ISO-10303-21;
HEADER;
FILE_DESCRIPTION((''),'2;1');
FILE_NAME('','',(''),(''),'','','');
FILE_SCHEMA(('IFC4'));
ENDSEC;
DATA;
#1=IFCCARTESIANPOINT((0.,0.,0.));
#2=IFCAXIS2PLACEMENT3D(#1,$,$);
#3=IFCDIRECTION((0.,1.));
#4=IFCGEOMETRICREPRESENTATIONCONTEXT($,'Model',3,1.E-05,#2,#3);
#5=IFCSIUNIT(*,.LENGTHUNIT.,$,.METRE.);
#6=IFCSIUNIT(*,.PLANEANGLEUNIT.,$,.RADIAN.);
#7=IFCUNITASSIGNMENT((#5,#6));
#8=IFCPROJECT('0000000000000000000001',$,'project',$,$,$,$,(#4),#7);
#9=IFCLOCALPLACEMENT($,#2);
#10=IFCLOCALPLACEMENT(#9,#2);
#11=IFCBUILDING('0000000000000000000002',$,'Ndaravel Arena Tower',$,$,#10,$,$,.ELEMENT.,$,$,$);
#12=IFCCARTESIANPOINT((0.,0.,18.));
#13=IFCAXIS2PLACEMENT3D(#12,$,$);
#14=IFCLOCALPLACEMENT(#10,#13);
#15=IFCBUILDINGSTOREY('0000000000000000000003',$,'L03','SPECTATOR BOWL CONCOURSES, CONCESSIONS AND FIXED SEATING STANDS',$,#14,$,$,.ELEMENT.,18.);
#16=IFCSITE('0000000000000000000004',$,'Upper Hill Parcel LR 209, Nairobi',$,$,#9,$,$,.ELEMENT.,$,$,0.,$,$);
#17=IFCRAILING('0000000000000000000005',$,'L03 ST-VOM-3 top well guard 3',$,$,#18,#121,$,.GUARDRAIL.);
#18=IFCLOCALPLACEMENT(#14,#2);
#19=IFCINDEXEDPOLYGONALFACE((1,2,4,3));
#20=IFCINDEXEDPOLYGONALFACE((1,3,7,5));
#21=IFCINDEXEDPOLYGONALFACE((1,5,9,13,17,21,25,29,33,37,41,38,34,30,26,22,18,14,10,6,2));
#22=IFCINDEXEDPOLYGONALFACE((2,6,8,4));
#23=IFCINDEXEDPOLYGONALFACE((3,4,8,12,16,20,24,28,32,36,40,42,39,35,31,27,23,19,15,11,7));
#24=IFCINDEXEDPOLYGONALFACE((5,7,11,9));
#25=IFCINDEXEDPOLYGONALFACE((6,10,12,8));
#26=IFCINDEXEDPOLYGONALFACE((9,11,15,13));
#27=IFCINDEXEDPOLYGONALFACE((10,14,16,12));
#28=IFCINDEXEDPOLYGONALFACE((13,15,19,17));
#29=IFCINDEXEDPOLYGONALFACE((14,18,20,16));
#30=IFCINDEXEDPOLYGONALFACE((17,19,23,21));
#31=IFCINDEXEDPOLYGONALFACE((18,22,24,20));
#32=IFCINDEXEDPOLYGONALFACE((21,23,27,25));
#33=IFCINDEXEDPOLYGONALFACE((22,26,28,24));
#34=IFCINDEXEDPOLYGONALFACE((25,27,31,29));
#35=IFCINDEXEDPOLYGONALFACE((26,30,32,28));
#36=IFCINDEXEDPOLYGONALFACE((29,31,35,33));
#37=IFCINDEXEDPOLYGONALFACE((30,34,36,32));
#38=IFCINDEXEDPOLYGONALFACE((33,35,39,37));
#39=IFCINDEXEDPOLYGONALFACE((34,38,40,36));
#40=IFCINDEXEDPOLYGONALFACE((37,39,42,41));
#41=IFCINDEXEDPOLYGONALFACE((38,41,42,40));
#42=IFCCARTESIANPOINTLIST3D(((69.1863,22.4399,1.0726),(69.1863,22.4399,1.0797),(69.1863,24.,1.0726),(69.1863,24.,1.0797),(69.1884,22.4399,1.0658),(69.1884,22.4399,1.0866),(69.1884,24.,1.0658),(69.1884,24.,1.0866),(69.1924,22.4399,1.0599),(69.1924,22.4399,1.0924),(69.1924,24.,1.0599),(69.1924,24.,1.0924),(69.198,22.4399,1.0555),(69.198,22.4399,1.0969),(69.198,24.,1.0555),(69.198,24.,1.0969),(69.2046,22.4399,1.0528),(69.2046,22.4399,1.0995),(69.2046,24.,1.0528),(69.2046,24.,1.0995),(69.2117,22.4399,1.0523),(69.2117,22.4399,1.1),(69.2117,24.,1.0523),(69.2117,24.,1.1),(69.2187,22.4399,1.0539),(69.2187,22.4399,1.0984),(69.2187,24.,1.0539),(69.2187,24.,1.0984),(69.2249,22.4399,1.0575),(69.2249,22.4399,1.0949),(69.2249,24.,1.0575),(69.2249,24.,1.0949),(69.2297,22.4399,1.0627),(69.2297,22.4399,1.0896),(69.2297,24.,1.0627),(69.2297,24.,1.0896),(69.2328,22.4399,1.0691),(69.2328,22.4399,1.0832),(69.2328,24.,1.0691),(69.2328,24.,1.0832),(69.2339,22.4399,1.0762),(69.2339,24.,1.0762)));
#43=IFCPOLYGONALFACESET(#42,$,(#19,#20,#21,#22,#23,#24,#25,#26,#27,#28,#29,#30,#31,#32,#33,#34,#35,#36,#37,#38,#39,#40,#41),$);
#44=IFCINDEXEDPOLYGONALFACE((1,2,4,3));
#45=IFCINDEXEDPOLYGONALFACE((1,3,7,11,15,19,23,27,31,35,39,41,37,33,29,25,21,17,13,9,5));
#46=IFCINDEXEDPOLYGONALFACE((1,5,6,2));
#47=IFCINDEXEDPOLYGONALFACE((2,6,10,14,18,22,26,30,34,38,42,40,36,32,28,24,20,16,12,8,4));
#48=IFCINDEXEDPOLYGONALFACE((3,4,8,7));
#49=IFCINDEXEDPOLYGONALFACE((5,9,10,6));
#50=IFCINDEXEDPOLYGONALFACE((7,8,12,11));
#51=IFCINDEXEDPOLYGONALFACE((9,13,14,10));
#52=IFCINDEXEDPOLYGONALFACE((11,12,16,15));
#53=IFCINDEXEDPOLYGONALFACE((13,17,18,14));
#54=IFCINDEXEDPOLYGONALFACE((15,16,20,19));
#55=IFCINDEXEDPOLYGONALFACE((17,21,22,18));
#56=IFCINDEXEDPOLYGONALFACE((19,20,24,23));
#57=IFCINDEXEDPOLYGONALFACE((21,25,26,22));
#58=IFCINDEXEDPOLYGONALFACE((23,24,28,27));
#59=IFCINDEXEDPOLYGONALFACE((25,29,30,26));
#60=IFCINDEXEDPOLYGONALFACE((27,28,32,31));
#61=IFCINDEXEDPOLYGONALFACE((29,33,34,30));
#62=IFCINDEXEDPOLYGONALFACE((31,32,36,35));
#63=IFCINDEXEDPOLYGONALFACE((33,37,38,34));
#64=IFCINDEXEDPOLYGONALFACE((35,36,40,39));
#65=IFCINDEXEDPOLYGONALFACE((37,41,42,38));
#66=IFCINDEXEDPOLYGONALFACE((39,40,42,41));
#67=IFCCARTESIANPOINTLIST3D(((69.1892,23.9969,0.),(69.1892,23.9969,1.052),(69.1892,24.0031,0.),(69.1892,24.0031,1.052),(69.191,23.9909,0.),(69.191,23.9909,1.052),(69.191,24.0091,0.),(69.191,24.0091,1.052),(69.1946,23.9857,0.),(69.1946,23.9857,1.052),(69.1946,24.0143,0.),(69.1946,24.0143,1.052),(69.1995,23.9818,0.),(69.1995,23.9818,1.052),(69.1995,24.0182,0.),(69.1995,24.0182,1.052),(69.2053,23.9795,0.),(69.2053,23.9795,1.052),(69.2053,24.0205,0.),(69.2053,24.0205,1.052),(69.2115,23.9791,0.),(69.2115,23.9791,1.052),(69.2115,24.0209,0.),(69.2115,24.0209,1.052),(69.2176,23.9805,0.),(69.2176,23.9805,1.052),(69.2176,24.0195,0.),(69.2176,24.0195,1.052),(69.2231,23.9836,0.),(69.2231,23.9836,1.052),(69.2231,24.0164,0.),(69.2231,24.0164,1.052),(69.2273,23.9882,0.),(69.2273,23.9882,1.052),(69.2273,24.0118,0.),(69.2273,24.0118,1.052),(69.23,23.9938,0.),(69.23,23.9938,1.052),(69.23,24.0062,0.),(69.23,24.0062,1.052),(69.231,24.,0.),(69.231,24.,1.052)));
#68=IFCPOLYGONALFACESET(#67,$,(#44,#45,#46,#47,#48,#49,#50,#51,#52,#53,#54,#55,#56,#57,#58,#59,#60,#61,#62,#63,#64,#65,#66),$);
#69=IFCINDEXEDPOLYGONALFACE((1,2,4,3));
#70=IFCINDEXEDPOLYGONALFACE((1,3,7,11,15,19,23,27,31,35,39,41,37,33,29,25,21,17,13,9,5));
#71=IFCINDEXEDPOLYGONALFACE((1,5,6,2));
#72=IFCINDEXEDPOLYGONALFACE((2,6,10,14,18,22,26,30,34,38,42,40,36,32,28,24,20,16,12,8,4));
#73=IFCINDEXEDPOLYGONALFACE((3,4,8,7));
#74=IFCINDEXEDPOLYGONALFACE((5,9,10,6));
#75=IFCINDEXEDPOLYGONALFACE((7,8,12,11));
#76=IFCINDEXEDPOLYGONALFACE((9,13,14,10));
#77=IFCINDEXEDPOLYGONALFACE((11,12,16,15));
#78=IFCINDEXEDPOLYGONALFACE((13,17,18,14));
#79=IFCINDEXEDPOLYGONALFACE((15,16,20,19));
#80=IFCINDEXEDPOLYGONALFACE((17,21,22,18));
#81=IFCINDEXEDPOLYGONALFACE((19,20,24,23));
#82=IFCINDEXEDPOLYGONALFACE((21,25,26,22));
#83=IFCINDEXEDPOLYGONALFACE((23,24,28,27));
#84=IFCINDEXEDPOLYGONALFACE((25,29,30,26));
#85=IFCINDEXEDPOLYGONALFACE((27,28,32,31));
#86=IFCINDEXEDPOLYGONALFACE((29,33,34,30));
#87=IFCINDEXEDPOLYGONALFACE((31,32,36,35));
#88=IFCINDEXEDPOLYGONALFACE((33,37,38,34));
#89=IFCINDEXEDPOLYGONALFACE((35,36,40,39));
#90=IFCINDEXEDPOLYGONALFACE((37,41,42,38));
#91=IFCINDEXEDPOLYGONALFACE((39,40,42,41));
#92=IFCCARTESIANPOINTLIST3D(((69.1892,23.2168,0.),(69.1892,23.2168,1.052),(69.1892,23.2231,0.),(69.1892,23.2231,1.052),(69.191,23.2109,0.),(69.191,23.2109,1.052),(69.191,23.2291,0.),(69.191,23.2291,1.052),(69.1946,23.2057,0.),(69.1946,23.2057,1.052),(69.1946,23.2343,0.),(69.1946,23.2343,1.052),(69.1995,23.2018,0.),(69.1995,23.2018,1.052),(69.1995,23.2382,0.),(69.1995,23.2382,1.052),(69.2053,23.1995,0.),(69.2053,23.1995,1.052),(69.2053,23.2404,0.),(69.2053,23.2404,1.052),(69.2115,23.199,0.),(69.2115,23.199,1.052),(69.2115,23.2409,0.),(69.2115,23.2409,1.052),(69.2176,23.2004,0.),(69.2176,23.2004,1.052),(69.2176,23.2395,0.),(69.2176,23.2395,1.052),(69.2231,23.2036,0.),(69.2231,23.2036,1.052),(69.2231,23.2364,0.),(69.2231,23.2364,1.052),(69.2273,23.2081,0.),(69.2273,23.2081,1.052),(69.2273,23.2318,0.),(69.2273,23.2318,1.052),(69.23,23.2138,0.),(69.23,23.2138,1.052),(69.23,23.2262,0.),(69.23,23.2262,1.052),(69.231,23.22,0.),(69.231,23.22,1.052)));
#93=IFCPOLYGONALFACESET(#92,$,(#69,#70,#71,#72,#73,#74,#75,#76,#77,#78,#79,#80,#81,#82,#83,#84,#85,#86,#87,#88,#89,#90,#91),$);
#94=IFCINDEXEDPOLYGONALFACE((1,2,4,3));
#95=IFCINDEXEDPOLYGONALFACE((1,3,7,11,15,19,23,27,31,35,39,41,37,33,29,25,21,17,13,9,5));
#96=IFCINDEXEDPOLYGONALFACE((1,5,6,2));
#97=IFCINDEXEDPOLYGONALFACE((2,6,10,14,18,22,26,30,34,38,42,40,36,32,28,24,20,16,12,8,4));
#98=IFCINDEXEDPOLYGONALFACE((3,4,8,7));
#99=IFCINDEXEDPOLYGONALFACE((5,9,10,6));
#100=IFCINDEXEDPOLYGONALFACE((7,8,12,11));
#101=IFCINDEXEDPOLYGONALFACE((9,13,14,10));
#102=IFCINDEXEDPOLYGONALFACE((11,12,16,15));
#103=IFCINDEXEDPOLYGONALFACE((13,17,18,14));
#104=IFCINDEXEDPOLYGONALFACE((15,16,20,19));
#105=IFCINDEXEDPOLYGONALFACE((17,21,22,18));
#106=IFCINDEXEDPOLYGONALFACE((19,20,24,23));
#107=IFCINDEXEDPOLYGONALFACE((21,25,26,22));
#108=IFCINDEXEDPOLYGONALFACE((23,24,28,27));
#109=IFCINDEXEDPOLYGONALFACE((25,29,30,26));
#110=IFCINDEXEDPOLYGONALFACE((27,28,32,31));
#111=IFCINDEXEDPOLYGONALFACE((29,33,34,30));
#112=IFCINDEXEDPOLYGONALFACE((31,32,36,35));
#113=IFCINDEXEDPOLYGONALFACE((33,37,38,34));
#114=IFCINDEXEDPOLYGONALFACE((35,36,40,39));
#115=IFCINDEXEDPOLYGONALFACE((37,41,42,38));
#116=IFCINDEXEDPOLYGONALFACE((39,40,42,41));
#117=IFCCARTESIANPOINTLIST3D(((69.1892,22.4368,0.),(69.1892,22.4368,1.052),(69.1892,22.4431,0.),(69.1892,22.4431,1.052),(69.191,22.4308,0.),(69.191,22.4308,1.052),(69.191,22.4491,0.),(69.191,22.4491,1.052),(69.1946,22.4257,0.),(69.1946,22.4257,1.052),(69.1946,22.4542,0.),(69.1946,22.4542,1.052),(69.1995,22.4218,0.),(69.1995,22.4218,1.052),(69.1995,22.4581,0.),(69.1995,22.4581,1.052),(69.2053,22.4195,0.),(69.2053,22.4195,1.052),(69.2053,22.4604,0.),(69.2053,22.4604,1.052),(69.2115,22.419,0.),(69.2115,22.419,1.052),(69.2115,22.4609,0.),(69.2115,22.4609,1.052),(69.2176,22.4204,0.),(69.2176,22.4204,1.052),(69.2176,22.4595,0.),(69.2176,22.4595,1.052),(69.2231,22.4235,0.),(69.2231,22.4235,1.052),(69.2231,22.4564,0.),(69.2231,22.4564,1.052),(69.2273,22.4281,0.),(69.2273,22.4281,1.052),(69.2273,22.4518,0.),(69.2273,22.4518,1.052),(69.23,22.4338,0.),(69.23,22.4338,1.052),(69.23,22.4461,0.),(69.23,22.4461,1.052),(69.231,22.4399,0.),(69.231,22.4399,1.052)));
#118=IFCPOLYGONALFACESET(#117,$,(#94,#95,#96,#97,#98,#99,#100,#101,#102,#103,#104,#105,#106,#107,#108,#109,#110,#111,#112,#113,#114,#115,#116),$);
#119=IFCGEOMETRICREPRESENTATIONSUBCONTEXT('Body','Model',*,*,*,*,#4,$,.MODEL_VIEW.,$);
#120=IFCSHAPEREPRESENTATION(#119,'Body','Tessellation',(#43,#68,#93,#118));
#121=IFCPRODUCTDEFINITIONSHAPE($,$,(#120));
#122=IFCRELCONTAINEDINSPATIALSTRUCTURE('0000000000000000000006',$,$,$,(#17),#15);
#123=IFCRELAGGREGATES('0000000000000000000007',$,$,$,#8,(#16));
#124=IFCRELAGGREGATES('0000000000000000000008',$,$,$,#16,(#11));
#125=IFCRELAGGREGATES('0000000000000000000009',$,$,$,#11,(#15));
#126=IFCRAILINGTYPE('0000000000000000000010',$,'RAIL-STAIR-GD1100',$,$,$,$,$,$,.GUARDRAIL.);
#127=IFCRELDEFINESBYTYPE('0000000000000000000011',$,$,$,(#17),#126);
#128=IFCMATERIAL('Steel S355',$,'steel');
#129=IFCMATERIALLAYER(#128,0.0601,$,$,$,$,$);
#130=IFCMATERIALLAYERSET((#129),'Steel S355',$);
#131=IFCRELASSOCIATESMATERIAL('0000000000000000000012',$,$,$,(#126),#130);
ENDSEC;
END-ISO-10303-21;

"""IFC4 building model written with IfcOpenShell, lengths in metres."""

from ifc_helpers import new_model, si_unit, direction, frame, origin, origin_2d, place, context, subcontext, project, spatial, circle, extrude, material, layer, layer_set, type_object, element, save


model = new_model("IFC4")

# Units and contexts
model_context = context("Model", 3, precision=1e-05, world=origin(), true_north=direction((0.0, 1.0)))
body_context = subcontext(model_context, "Body", "Model", "MODEL_VIEW")
ifc_project = project(units=[si_unit("LENGTHUNIT", "METRE"), si_unit("PLANEANGLEUNIT", "RADIAN")], contexts=[model_context])

# Site, building, storey
site_placement = place(None, origin())
site = spatial("IfcSite", under=ifc_project, at=site_placement, Name="Upper Hill Parcel LR 209, Nairobi", CompositionType="ELEMENT", RefElevation=0.0)
building_placement = place(site_placement, origin())
building = spatial("IfcBuilding", under=site, at=building_placement, Name="Ndaravel Arena Tower", CompositionType="ELEMENT")
storey_placement = place(building_placement, frame((0.0, 0.0, 18.0)))
storey = spatial("IfcBuildingStorey", under=building, at=storey_placement, Name="L03", Description="SPECTATOR BOWL CONCOURSES, CONCESSIONS AND FIXED SEATING STANDS", CompositionType="ELEMENT", Elevation=18.0)

# Railing
ifc_material_1 = material(Name="Steel S355", Category="steel")
ifc_layer_1 = layer(ifc_material_1, 0.0601)
ifc_layer_set_1 = layer_set([ifc_layer_1], Name="Steel S355")
railing_type_1 = type_object("IfcRailingType", Name="RAIL-STAIR-GD1100", PredefinedType="GUARDRAIL", material=ifc_layer_set_1)
for number, where, name in (
    (1, (69.21, 24.0, 0.0), "L03 ST-VOM-3 top well guard 3"),
):
    element("IfcRailing", number, at=place(storey_placement, frame(where)), inside=storey, type_object=railing_type_1, Name=name, PredefinedType="GUARDRAIL", context=body_context, shape_type="SweptSolid", body=[
        extrude(circle(Radius=0.0239, at=origin_2d()), frame((0.0, 0.0, 1.0762), z_axis=(0.0, -1.0, 0.0), x_axis=(1.0, 0.0, 0.0)), (0.0, 0.0, 1.0), 1.5601),
        extrude(circle(Radius=0.021, at=origin_2d()), origin(), (0.0, 0.0, 1.0), 1.052),
        extrude(circle(Radius=0.021, at=origin_2d()), frame((0.0, -0.78, 0.0)), (0.0, 0.0, 1.0), 1.052),
        extrude(circle(Radius=0.021, at=origin_2d()), frame((0.0, -1.5601, 0.0)), (0.0, 0.0, 1.0), 1.052),
    ])

save(model, "model.ifc")
